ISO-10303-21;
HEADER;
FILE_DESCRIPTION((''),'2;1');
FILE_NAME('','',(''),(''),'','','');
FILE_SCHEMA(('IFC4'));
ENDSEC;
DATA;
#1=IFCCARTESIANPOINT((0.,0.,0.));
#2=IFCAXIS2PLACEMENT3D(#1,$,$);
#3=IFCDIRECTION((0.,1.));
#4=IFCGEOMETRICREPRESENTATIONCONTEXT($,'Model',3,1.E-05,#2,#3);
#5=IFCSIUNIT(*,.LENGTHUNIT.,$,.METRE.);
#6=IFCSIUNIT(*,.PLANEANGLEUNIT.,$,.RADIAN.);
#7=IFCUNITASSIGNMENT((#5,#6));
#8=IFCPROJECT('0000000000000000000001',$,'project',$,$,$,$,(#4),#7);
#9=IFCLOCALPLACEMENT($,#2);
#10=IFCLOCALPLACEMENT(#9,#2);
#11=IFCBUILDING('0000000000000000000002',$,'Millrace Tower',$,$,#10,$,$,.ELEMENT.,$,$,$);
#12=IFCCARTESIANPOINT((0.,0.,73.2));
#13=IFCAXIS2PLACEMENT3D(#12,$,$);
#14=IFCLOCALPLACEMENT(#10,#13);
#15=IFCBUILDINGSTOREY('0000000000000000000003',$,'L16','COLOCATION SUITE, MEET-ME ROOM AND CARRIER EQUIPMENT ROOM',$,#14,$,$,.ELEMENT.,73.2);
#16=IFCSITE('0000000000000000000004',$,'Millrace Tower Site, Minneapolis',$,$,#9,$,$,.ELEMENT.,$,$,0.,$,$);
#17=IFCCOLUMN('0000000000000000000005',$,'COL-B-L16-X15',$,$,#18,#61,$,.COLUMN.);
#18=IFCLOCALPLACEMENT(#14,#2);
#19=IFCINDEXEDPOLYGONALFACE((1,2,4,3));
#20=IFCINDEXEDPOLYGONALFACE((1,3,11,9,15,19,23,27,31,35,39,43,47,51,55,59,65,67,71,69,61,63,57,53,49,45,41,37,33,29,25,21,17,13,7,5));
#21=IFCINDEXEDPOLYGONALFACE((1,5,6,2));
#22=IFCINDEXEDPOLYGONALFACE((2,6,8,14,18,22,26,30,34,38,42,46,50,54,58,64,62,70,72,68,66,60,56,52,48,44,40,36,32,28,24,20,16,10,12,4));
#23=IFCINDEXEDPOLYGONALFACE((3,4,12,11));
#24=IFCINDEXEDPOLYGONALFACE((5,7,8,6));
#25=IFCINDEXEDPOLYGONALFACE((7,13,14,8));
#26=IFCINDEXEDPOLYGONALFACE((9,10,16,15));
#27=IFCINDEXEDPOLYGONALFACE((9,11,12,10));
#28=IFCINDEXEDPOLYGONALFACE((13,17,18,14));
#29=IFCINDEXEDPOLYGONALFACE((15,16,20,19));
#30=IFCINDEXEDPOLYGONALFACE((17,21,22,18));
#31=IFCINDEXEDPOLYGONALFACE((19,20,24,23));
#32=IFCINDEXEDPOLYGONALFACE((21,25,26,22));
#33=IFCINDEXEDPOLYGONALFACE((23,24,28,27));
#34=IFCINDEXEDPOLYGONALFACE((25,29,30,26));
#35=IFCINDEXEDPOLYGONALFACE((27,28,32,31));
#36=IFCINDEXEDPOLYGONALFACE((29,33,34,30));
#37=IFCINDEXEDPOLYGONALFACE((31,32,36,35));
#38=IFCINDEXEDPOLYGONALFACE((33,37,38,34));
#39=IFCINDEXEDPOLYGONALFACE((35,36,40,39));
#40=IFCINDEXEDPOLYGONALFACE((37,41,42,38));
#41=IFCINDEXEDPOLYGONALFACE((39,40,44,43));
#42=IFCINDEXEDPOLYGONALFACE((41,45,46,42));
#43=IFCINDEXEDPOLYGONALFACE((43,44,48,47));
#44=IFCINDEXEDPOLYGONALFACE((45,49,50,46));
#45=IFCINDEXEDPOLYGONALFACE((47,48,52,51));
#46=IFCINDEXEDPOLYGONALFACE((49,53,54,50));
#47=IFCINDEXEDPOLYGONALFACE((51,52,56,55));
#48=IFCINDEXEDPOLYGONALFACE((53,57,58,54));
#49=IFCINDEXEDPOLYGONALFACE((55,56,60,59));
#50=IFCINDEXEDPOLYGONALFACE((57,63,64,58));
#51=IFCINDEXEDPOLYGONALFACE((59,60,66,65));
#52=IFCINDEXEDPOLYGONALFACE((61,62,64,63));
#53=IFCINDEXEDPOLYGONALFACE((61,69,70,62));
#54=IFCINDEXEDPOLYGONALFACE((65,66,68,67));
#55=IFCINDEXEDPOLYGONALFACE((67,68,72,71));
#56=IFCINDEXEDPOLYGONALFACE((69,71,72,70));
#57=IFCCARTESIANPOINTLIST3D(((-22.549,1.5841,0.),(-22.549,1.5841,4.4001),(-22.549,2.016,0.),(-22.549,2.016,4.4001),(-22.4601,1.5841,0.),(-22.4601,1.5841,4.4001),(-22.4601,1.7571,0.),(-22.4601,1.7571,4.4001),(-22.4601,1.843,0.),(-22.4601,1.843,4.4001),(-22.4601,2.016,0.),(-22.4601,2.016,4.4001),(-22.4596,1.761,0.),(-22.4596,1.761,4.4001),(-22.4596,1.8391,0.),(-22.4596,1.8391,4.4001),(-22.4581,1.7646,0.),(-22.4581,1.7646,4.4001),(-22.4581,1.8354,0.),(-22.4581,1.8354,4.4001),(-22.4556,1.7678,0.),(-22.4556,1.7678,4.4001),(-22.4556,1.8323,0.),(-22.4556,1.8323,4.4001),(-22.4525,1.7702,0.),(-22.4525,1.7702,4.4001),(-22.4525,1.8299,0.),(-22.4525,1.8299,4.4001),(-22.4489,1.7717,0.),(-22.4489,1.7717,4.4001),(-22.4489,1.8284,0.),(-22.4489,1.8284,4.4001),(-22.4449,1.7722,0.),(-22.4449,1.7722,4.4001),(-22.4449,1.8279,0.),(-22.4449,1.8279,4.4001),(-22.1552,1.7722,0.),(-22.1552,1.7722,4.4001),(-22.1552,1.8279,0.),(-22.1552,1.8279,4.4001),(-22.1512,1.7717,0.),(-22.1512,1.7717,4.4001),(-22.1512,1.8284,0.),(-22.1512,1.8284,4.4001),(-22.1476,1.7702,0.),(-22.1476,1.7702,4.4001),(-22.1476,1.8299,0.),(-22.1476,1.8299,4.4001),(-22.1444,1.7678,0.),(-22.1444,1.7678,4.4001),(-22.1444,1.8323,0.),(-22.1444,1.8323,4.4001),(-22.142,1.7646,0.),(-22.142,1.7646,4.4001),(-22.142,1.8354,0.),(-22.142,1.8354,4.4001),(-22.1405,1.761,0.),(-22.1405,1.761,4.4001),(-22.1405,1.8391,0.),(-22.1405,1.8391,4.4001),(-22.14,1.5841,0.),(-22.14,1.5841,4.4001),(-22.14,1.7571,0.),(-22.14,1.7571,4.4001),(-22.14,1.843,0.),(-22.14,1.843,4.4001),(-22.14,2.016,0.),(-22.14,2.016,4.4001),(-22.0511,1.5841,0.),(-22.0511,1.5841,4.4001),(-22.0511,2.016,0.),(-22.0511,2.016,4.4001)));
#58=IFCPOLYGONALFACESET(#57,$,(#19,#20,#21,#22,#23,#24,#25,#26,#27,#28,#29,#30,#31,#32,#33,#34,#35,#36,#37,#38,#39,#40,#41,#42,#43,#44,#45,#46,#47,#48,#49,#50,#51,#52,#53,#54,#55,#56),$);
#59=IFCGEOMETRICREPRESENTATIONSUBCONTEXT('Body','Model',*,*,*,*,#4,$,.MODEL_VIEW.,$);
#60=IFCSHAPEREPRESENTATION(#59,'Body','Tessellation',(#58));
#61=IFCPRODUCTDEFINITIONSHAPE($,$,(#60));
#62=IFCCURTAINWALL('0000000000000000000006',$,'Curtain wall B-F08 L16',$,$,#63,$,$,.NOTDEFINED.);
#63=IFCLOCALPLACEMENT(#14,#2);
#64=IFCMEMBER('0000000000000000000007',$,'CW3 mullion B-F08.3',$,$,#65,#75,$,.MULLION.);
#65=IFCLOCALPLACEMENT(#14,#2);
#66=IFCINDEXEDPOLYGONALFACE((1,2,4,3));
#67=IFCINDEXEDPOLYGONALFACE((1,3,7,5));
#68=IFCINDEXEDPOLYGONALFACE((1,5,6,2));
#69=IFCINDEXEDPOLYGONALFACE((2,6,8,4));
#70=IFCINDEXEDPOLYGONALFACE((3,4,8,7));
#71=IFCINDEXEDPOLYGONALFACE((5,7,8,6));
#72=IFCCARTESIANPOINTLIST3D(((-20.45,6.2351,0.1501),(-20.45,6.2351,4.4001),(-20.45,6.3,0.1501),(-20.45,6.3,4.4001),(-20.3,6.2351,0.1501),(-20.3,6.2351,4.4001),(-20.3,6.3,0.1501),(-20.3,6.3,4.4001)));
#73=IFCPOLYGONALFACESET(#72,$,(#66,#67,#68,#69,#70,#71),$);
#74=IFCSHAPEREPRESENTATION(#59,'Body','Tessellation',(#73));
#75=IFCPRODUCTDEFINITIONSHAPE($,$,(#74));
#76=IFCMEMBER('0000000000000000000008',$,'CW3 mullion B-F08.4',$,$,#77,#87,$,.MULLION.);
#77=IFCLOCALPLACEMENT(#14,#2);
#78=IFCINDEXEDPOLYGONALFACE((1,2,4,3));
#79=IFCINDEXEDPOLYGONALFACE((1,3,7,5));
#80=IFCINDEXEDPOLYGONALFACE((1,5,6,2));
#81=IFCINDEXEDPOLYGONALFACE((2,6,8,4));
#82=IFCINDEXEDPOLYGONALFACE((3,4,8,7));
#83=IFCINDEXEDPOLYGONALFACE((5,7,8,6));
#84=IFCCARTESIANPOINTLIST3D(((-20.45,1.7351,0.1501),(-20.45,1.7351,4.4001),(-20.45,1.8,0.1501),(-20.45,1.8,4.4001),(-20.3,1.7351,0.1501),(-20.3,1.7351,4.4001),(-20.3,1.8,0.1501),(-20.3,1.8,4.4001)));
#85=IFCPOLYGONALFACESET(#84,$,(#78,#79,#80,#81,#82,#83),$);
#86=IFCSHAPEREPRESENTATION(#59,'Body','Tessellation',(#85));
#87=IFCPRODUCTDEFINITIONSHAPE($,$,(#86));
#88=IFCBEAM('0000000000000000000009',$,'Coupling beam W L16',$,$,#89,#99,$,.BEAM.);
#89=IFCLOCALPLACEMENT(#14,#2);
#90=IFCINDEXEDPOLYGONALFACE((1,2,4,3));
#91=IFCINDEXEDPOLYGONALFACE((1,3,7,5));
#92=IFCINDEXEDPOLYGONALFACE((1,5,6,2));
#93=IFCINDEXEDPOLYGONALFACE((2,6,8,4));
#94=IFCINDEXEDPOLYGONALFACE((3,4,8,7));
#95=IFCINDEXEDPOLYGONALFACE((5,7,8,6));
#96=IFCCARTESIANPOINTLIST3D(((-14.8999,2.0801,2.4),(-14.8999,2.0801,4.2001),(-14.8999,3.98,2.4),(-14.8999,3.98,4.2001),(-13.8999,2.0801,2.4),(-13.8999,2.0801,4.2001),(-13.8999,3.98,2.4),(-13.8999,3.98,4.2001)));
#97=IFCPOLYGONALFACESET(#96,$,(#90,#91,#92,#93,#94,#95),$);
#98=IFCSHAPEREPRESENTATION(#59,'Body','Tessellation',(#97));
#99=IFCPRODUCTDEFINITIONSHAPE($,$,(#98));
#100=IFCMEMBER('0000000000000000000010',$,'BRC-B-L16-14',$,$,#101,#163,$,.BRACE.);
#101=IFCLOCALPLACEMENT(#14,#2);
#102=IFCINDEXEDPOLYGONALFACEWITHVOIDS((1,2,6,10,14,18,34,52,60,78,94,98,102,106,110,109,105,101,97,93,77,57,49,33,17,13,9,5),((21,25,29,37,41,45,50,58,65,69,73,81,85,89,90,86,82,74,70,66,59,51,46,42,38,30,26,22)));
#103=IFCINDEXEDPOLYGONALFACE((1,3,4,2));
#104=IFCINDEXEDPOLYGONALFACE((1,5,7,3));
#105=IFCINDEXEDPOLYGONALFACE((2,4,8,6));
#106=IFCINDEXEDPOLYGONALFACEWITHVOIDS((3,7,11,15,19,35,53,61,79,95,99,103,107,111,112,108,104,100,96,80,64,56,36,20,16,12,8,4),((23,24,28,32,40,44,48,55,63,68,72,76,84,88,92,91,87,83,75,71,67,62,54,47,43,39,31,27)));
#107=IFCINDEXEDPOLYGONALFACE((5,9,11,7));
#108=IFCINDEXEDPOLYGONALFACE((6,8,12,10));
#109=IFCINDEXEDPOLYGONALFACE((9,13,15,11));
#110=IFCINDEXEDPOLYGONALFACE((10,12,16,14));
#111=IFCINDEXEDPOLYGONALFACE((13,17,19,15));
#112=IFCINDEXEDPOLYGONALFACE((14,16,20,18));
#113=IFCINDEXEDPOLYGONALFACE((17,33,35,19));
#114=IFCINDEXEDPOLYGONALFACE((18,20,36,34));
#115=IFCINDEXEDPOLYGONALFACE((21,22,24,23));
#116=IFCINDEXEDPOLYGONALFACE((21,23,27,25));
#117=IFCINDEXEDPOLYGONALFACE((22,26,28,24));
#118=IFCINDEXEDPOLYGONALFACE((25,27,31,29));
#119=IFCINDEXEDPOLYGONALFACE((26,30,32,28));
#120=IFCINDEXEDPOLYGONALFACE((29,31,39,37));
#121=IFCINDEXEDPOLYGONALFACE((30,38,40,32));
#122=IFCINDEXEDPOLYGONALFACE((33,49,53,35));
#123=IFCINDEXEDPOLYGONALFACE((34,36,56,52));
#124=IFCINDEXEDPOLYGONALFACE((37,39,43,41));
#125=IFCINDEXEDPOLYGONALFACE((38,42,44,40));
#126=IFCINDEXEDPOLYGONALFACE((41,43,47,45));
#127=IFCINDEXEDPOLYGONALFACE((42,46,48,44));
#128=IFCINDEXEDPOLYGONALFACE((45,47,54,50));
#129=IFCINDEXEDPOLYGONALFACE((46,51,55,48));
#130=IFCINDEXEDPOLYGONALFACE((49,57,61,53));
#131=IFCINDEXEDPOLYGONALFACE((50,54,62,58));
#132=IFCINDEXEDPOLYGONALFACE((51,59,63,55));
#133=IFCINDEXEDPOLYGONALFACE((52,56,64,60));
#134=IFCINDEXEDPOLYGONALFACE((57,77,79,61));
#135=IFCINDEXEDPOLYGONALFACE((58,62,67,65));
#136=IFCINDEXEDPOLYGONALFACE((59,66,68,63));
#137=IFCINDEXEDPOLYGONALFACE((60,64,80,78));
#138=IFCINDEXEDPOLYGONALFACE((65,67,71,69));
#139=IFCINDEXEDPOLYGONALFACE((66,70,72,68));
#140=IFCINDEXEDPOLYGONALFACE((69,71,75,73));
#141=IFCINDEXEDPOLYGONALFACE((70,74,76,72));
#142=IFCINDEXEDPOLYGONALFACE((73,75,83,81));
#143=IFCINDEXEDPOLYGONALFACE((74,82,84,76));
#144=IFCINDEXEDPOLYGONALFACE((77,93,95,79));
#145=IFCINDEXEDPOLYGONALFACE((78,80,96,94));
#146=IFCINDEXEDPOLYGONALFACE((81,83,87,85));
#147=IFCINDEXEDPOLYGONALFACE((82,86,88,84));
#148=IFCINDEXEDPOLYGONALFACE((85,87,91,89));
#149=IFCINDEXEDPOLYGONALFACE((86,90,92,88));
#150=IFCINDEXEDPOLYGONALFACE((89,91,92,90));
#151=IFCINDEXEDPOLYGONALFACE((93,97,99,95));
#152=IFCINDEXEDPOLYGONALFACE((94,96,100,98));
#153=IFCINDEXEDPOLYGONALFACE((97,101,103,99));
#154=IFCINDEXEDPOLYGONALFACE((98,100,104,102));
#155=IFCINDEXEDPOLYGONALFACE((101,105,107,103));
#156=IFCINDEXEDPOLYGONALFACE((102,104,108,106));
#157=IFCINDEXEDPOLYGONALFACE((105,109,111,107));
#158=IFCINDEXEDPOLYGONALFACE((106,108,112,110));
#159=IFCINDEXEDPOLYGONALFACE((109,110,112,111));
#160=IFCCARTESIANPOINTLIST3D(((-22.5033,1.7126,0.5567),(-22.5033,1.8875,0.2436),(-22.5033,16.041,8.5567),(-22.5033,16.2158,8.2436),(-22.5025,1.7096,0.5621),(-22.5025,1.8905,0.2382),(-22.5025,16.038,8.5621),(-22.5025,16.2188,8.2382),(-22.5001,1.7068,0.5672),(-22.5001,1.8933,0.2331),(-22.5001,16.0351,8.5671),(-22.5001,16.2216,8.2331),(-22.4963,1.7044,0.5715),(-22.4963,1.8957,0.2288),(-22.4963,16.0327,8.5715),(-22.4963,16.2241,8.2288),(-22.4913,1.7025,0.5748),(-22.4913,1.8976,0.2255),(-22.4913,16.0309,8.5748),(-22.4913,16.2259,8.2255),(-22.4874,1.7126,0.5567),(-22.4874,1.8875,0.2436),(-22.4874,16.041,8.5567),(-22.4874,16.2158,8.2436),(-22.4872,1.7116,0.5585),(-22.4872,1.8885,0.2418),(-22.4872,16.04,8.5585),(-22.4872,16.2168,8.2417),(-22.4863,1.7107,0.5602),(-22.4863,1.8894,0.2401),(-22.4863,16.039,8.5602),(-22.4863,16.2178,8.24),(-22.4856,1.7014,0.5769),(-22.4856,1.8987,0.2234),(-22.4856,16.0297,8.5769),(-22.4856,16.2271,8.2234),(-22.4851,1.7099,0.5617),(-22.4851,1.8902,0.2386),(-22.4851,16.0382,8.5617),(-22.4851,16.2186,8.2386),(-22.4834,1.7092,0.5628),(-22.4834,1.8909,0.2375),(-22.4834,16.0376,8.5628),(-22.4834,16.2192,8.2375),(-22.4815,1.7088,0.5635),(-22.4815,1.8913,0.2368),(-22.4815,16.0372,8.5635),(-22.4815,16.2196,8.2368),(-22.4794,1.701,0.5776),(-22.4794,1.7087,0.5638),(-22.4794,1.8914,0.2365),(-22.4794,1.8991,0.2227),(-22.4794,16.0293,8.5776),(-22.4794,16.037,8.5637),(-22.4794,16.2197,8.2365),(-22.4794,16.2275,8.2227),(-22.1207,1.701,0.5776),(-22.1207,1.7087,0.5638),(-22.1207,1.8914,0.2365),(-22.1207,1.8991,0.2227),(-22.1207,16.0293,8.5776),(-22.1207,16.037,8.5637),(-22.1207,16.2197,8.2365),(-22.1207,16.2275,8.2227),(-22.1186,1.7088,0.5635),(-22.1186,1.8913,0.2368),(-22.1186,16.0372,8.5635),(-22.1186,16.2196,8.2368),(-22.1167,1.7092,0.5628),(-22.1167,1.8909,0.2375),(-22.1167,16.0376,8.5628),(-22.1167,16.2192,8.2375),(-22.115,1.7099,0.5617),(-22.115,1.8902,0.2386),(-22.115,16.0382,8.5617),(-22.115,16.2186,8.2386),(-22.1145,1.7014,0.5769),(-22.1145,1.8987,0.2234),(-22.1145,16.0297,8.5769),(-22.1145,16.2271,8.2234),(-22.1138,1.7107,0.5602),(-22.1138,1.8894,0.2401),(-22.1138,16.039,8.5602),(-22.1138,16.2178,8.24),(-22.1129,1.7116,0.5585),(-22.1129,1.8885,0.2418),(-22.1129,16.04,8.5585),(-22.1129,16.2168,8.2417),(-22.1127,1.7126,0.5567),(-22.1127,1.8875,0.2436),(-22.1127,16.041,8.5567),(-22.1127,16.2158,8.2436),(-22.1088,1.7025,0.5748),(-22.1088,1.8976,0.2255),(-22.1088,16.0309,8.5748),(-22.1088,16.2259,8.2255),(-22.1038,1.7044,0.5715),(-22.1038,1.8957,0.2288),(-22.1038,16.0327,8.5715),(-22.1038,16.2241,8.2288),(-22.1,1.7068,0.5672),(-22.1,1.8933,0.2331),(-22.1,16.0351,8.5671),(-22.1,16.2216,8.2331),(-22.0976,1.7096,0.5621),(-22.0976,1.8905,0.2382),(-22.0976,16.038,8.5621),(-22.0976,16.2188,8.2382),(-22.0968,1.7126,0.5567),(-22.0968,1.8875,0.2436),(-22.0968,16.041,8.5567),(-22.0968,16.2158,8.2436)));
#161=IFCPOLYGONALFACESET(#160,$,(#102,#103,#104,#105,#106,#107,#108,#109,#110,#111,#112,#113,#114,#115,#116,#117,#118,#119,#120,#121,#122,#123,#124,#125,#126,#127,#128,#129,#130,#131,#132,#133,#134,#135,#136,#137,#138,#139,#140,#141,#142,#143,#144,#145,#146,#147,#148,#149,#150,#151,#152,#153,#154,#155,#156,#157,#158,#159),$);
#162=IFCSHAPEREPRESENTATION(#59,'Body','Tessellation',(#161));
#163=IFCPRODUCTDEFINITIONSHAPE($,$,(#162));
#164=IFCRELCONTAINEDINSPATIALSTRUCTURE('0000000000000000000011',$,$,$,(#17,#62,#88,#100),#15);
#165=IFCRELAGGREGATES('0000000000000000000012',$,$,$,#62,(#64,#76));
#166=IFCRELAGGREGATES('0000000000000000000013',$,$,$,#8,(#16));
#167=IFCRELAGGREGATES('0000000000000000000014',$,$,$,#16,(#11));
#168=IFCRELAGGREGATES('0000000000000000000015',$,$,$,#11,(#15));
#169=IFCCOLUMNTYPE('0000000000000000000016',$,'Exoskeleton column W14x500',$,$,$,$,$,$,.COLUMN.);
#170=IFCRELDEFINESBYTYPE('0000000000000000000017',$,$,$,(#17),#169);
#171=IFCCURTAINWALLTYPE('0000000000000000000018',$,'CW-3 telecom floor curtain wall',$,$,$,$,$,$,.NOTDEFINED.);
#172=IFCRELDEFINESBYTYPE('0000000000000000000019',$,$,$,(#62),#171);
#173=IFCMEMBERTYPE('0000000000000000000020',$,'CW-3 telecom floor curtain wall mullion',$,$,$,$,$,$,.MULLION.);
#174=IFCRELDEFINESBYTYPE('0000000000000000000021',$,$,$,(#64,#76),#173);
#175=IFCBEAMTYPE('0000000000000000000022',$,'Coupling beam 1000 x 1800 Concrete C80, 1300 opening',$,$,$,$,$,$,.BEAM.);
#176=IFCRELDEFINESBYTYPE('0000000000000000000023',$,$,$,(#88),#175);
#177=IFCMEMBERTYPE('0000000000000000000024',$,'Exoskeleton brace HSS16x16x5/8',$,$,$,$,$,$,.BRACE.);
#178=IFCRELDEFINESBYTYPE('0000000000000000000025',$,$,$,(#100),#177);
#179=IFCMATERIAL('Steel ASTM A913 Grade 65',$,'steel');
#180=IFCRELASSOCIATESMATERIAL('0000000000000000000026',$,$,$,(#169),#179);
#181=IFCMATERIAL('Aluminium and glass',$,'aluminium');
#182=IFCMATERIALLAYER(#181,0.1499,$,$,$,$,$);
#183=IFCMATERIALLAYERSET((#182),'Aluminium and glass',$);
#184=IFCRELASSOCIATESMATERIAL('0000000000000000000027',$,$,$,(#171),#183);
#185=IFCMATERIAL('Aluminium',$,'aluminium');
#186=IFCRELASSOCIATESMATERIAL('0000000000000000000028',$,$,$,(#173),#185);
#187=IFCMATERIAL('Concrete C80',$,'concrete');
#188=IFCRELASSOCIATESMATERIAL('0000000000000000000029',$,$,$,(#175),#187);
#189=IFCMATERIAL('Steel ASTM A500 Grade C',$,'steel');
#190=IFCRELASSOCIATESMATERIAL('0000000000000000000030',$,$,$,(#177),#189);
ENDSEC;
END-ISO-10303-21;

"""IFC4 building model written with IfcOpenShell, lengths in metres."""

from ifc_helpers import new_model, si_unit, direction, frame, origin, origin_2d, place, context, subcontext, project, spatial, rectangle, hollow_rectangle, i_section, extrude, material, layer, layer_set, material_profile, profile_set, type_object, element, aggregate, save


model = new_model("IFC4")

# Units and contexts
model_context = context("Model", 3, precision=1e-05, world=origin(), true_north=direction((0.0, 1.0)))
body_context = subcontext(model_context, "Body", "Model", "MODEL_VIEW")
ifc_project = project(units=[si_unit("LENGTHUNIT", "METRE"), si_unit("PLANEANGLEUNIT", "RADIAN")], contexts=[model_context])

# Site, building, storey
site_placement = place(None, origin())
site = spatial("IfcSite", under=ifc_project, at=site_placement, Name="Millrace Tower Site, Minneapolis", CompositionType="ELEMENT", RefElevation=0.0)
building_placement = place(site_placement, origin())
building = spatial("IfcBuilding", under=site, at=building_placement, Name="Millrace Tower", CompositionType="ELEMENT")
storey_placement = place(building_placement, frame((0.0, 0.0, 73.2)))
storey = spatial("IfcBuildingStorey", under=building, at=storey_placement, Name="L16", Description="COLOCATION SUITE, MEET-ME ROOM AND CARRIER EQUIPMENT ROOM", CompositionType="ELEMENT", Elevation=73.2)

# Column
ifc_material_1 = material(Name="Steel ASTM A913 Grade 65", Category="steel")
ifc_material_profile_1 = material_profile(ifc_material_1, i_section(OverallWidth=0.4319, OverallDepth=0.4978, WebThickness=0.0557, FlangeThickness=0.0889, FilletRadius=0.0151, at=origin_2d()))
ifc_profile_set_1 = profile_set([ifc_material_profile_1], Name="Steel ASTM A913 Grade 65")
column_type = type_object("IfcColumnType", Name="Exoskeleton column W14x500", PredefinedType="COLUMN", material=ifc_profile_set_1)
column_placement = place(storey_placement, frame((-22.3, 1.8, 0.0), z_axis=(0.0, 0.0, 1.0), x_axis=(0.0, -1.0, 0.0)))
element("IfcColumn", 1, at=column_placement, inside=storey, type_object=column_type, Name="COL-B-L16-X15", PredefinedType="COLUMN", context=body_context, shape_type="SweptSolid", body=[
    extrude(i_section(OverallWidth=0.4319, OverallDepth=0.4978, WebThickness=0.0557, FlangeThickness=0.0889, FilletRadius=0.0151, at=origin_2d()), origin(), (0.0, 0.0, 1.0), 4.4001),
])

# Curtain wall, members
ifc_material_2 = material(Name="Aluminium and glass", Category="aluminium")
ifc_layer_1 = layer(ifc_material_2, 0.1499)
ifc_layer_set_1 = layer_set([ifc_layer_1], Name="Aluminium and glass")
curtain_wall_type = type_object("IfcCurtainWallType", Name="CW-3 telecom floor curtain wall", PredefinedType="NOTDEFINED", material=ifc_layer_set_1)
placement = place(storey_placement, origin())
curtain_wall = element("IfcCurtainWall", 2, at=placement, inside=storey, type_object=curtain_wall_type, Name="Curtain wall B-F08 L16", PredefinedType="NOTDEFINED")
ifc_material_3 = material(Name="Aluminium", Category="aluminium")
ifc_material_profile_2 = material_profile(ifc_material_3, rectangle(XDim=0.0649, YDim=0.1499, at=origin_2d()))
ifc_profile_set_2 = profile_set([ifc_material_profile_2], Name="Aluminium")
member_type_1 = type_object("IfcMemberType", Name="CW-3 telecom floor curtain wall mullion", PredefinedType="MULLION", material=ifc_profile_set_2)
member_1_placement = place(storey_placement, frame((-20.375, 6.2676, 0.1501), z_axis=(0.0, 0.0, 1.0), x_axis=(0.0, -1.0, 0.0)))
member_1 = element("IfcMember", 3, at=member_1_placement, type_object=member_type_1, Name="CW3 mullion B-F08.3", PredefinedType="MULLION", context=body_context, shape_type="SweptSolid", body=[
    extrude(rectangle(XDim=0.0649, YDim=0.1499, at=origin_2d()), origin(), (0.0, 0.0, 1.0), 4.25),
])
member_2_placement = place(storey_placement, frame((-20.375, 1.7676, 0.1501), z_axis=(0.0, 0.0, 1.0), x_axis=(0.0, -1.0, 0.0)))
member_2 = element("IfcMember", 4, at=member_2_placement, type_object=member_type_1, Name="CW3 mullion B-F08.4", PredefinedType="MULLION", context=body_context, shape_type="SweptSolid", body=[
    extrude(rectangle(XDim=0.0649, YDim=0.1499, at=origin_2d()), origin(), (0.0, 0.0, 1.0), 4.25),
])
aggregate(curtain_wall, [member_1, member_2])

# Beam
ifc_material_4 = material(Name="Concrete C80", Category="concrete")
ifc_material_profile_3 = material_profile(ifc_material_4, rectangle(XDim=1.0, YDim=1.8, at=origin_2d()))
ifc_profile_set_3 = profile_set([ifc_material_profile_3], Name="Concrete C80")
beam_type_1 = type_object("IfcBeamType", Name="Coupling beam 1000 x 1800 Concrete C80, 1300 opening", PredefinedType="BEAM", material=ifc_profile_set_3)
beam_1_placement = place(storey_placement, frame((-14.3999, 2.0801, 3.3), z_axis=(0.0, 1.0, 0.0), x_axis=(-1.0, 0.0, 0.0)))
element("IfcBeam", 5, at=beam_1_placement, inside=storey, type_object=beam_type_1, Name="Coupling beam W L16", PredefinedType="BEAM", context=body_context, shape_type="SweptSolid", body=[
    extrude(rectangle(XDim=1.0, YDim=1.8, at=origin_2d()), origin(), (0.0, 0.0, 1.0), 1.8999),
])

# Member
ifc_material_5 = material(Name="Steel ASTM A500 Grade C", Category="steel")
ifc_material_profile_4 = material_profile(ifc_material_5, hollow_rectangle(XDim=0.4065, YDim=0.4065, WallThickness=0.0159, InnerFilletRadius=0.0081, OuterFilletRadius=0.0239, at=origin_2d()))
ifc_profile_set_4 = profile_set([ifc_material_profile_4], Name="Steel ASTM A500 Grade C")
member_type_2 = type_object("IfcMemberType", Name="Exoskeleton brace HSS16x16x5/8", PredefinedType="BRACE", material=ifc_profile_set_4)
member_3_placement = place(storey_placement, frame((-22.3, 1.8, 0.4001), z_axis=(0.0, 0.873126, 0.487495), x_axis=(-1.0, 0.0, 0.0)))
element("IfcMember", 6, at=member_3_placement, inside=storey, type_object=member_type_2, Name="BRC-B-L16-14", PredefinedType="BRACE", context=body_context, shape_type="SweptSolid", body=[
    extrude(hollow_rectangle(XDim=0.4065, YDim=0.4065, WallThickness=0.0159, InnerFilletRadius=0.0081, OuterFilletRadius=0.0239, at=origin_2d()), origin(), (0.0, 0.0, 1.0), 16.4104),
])

save(model, "model.ifc")
